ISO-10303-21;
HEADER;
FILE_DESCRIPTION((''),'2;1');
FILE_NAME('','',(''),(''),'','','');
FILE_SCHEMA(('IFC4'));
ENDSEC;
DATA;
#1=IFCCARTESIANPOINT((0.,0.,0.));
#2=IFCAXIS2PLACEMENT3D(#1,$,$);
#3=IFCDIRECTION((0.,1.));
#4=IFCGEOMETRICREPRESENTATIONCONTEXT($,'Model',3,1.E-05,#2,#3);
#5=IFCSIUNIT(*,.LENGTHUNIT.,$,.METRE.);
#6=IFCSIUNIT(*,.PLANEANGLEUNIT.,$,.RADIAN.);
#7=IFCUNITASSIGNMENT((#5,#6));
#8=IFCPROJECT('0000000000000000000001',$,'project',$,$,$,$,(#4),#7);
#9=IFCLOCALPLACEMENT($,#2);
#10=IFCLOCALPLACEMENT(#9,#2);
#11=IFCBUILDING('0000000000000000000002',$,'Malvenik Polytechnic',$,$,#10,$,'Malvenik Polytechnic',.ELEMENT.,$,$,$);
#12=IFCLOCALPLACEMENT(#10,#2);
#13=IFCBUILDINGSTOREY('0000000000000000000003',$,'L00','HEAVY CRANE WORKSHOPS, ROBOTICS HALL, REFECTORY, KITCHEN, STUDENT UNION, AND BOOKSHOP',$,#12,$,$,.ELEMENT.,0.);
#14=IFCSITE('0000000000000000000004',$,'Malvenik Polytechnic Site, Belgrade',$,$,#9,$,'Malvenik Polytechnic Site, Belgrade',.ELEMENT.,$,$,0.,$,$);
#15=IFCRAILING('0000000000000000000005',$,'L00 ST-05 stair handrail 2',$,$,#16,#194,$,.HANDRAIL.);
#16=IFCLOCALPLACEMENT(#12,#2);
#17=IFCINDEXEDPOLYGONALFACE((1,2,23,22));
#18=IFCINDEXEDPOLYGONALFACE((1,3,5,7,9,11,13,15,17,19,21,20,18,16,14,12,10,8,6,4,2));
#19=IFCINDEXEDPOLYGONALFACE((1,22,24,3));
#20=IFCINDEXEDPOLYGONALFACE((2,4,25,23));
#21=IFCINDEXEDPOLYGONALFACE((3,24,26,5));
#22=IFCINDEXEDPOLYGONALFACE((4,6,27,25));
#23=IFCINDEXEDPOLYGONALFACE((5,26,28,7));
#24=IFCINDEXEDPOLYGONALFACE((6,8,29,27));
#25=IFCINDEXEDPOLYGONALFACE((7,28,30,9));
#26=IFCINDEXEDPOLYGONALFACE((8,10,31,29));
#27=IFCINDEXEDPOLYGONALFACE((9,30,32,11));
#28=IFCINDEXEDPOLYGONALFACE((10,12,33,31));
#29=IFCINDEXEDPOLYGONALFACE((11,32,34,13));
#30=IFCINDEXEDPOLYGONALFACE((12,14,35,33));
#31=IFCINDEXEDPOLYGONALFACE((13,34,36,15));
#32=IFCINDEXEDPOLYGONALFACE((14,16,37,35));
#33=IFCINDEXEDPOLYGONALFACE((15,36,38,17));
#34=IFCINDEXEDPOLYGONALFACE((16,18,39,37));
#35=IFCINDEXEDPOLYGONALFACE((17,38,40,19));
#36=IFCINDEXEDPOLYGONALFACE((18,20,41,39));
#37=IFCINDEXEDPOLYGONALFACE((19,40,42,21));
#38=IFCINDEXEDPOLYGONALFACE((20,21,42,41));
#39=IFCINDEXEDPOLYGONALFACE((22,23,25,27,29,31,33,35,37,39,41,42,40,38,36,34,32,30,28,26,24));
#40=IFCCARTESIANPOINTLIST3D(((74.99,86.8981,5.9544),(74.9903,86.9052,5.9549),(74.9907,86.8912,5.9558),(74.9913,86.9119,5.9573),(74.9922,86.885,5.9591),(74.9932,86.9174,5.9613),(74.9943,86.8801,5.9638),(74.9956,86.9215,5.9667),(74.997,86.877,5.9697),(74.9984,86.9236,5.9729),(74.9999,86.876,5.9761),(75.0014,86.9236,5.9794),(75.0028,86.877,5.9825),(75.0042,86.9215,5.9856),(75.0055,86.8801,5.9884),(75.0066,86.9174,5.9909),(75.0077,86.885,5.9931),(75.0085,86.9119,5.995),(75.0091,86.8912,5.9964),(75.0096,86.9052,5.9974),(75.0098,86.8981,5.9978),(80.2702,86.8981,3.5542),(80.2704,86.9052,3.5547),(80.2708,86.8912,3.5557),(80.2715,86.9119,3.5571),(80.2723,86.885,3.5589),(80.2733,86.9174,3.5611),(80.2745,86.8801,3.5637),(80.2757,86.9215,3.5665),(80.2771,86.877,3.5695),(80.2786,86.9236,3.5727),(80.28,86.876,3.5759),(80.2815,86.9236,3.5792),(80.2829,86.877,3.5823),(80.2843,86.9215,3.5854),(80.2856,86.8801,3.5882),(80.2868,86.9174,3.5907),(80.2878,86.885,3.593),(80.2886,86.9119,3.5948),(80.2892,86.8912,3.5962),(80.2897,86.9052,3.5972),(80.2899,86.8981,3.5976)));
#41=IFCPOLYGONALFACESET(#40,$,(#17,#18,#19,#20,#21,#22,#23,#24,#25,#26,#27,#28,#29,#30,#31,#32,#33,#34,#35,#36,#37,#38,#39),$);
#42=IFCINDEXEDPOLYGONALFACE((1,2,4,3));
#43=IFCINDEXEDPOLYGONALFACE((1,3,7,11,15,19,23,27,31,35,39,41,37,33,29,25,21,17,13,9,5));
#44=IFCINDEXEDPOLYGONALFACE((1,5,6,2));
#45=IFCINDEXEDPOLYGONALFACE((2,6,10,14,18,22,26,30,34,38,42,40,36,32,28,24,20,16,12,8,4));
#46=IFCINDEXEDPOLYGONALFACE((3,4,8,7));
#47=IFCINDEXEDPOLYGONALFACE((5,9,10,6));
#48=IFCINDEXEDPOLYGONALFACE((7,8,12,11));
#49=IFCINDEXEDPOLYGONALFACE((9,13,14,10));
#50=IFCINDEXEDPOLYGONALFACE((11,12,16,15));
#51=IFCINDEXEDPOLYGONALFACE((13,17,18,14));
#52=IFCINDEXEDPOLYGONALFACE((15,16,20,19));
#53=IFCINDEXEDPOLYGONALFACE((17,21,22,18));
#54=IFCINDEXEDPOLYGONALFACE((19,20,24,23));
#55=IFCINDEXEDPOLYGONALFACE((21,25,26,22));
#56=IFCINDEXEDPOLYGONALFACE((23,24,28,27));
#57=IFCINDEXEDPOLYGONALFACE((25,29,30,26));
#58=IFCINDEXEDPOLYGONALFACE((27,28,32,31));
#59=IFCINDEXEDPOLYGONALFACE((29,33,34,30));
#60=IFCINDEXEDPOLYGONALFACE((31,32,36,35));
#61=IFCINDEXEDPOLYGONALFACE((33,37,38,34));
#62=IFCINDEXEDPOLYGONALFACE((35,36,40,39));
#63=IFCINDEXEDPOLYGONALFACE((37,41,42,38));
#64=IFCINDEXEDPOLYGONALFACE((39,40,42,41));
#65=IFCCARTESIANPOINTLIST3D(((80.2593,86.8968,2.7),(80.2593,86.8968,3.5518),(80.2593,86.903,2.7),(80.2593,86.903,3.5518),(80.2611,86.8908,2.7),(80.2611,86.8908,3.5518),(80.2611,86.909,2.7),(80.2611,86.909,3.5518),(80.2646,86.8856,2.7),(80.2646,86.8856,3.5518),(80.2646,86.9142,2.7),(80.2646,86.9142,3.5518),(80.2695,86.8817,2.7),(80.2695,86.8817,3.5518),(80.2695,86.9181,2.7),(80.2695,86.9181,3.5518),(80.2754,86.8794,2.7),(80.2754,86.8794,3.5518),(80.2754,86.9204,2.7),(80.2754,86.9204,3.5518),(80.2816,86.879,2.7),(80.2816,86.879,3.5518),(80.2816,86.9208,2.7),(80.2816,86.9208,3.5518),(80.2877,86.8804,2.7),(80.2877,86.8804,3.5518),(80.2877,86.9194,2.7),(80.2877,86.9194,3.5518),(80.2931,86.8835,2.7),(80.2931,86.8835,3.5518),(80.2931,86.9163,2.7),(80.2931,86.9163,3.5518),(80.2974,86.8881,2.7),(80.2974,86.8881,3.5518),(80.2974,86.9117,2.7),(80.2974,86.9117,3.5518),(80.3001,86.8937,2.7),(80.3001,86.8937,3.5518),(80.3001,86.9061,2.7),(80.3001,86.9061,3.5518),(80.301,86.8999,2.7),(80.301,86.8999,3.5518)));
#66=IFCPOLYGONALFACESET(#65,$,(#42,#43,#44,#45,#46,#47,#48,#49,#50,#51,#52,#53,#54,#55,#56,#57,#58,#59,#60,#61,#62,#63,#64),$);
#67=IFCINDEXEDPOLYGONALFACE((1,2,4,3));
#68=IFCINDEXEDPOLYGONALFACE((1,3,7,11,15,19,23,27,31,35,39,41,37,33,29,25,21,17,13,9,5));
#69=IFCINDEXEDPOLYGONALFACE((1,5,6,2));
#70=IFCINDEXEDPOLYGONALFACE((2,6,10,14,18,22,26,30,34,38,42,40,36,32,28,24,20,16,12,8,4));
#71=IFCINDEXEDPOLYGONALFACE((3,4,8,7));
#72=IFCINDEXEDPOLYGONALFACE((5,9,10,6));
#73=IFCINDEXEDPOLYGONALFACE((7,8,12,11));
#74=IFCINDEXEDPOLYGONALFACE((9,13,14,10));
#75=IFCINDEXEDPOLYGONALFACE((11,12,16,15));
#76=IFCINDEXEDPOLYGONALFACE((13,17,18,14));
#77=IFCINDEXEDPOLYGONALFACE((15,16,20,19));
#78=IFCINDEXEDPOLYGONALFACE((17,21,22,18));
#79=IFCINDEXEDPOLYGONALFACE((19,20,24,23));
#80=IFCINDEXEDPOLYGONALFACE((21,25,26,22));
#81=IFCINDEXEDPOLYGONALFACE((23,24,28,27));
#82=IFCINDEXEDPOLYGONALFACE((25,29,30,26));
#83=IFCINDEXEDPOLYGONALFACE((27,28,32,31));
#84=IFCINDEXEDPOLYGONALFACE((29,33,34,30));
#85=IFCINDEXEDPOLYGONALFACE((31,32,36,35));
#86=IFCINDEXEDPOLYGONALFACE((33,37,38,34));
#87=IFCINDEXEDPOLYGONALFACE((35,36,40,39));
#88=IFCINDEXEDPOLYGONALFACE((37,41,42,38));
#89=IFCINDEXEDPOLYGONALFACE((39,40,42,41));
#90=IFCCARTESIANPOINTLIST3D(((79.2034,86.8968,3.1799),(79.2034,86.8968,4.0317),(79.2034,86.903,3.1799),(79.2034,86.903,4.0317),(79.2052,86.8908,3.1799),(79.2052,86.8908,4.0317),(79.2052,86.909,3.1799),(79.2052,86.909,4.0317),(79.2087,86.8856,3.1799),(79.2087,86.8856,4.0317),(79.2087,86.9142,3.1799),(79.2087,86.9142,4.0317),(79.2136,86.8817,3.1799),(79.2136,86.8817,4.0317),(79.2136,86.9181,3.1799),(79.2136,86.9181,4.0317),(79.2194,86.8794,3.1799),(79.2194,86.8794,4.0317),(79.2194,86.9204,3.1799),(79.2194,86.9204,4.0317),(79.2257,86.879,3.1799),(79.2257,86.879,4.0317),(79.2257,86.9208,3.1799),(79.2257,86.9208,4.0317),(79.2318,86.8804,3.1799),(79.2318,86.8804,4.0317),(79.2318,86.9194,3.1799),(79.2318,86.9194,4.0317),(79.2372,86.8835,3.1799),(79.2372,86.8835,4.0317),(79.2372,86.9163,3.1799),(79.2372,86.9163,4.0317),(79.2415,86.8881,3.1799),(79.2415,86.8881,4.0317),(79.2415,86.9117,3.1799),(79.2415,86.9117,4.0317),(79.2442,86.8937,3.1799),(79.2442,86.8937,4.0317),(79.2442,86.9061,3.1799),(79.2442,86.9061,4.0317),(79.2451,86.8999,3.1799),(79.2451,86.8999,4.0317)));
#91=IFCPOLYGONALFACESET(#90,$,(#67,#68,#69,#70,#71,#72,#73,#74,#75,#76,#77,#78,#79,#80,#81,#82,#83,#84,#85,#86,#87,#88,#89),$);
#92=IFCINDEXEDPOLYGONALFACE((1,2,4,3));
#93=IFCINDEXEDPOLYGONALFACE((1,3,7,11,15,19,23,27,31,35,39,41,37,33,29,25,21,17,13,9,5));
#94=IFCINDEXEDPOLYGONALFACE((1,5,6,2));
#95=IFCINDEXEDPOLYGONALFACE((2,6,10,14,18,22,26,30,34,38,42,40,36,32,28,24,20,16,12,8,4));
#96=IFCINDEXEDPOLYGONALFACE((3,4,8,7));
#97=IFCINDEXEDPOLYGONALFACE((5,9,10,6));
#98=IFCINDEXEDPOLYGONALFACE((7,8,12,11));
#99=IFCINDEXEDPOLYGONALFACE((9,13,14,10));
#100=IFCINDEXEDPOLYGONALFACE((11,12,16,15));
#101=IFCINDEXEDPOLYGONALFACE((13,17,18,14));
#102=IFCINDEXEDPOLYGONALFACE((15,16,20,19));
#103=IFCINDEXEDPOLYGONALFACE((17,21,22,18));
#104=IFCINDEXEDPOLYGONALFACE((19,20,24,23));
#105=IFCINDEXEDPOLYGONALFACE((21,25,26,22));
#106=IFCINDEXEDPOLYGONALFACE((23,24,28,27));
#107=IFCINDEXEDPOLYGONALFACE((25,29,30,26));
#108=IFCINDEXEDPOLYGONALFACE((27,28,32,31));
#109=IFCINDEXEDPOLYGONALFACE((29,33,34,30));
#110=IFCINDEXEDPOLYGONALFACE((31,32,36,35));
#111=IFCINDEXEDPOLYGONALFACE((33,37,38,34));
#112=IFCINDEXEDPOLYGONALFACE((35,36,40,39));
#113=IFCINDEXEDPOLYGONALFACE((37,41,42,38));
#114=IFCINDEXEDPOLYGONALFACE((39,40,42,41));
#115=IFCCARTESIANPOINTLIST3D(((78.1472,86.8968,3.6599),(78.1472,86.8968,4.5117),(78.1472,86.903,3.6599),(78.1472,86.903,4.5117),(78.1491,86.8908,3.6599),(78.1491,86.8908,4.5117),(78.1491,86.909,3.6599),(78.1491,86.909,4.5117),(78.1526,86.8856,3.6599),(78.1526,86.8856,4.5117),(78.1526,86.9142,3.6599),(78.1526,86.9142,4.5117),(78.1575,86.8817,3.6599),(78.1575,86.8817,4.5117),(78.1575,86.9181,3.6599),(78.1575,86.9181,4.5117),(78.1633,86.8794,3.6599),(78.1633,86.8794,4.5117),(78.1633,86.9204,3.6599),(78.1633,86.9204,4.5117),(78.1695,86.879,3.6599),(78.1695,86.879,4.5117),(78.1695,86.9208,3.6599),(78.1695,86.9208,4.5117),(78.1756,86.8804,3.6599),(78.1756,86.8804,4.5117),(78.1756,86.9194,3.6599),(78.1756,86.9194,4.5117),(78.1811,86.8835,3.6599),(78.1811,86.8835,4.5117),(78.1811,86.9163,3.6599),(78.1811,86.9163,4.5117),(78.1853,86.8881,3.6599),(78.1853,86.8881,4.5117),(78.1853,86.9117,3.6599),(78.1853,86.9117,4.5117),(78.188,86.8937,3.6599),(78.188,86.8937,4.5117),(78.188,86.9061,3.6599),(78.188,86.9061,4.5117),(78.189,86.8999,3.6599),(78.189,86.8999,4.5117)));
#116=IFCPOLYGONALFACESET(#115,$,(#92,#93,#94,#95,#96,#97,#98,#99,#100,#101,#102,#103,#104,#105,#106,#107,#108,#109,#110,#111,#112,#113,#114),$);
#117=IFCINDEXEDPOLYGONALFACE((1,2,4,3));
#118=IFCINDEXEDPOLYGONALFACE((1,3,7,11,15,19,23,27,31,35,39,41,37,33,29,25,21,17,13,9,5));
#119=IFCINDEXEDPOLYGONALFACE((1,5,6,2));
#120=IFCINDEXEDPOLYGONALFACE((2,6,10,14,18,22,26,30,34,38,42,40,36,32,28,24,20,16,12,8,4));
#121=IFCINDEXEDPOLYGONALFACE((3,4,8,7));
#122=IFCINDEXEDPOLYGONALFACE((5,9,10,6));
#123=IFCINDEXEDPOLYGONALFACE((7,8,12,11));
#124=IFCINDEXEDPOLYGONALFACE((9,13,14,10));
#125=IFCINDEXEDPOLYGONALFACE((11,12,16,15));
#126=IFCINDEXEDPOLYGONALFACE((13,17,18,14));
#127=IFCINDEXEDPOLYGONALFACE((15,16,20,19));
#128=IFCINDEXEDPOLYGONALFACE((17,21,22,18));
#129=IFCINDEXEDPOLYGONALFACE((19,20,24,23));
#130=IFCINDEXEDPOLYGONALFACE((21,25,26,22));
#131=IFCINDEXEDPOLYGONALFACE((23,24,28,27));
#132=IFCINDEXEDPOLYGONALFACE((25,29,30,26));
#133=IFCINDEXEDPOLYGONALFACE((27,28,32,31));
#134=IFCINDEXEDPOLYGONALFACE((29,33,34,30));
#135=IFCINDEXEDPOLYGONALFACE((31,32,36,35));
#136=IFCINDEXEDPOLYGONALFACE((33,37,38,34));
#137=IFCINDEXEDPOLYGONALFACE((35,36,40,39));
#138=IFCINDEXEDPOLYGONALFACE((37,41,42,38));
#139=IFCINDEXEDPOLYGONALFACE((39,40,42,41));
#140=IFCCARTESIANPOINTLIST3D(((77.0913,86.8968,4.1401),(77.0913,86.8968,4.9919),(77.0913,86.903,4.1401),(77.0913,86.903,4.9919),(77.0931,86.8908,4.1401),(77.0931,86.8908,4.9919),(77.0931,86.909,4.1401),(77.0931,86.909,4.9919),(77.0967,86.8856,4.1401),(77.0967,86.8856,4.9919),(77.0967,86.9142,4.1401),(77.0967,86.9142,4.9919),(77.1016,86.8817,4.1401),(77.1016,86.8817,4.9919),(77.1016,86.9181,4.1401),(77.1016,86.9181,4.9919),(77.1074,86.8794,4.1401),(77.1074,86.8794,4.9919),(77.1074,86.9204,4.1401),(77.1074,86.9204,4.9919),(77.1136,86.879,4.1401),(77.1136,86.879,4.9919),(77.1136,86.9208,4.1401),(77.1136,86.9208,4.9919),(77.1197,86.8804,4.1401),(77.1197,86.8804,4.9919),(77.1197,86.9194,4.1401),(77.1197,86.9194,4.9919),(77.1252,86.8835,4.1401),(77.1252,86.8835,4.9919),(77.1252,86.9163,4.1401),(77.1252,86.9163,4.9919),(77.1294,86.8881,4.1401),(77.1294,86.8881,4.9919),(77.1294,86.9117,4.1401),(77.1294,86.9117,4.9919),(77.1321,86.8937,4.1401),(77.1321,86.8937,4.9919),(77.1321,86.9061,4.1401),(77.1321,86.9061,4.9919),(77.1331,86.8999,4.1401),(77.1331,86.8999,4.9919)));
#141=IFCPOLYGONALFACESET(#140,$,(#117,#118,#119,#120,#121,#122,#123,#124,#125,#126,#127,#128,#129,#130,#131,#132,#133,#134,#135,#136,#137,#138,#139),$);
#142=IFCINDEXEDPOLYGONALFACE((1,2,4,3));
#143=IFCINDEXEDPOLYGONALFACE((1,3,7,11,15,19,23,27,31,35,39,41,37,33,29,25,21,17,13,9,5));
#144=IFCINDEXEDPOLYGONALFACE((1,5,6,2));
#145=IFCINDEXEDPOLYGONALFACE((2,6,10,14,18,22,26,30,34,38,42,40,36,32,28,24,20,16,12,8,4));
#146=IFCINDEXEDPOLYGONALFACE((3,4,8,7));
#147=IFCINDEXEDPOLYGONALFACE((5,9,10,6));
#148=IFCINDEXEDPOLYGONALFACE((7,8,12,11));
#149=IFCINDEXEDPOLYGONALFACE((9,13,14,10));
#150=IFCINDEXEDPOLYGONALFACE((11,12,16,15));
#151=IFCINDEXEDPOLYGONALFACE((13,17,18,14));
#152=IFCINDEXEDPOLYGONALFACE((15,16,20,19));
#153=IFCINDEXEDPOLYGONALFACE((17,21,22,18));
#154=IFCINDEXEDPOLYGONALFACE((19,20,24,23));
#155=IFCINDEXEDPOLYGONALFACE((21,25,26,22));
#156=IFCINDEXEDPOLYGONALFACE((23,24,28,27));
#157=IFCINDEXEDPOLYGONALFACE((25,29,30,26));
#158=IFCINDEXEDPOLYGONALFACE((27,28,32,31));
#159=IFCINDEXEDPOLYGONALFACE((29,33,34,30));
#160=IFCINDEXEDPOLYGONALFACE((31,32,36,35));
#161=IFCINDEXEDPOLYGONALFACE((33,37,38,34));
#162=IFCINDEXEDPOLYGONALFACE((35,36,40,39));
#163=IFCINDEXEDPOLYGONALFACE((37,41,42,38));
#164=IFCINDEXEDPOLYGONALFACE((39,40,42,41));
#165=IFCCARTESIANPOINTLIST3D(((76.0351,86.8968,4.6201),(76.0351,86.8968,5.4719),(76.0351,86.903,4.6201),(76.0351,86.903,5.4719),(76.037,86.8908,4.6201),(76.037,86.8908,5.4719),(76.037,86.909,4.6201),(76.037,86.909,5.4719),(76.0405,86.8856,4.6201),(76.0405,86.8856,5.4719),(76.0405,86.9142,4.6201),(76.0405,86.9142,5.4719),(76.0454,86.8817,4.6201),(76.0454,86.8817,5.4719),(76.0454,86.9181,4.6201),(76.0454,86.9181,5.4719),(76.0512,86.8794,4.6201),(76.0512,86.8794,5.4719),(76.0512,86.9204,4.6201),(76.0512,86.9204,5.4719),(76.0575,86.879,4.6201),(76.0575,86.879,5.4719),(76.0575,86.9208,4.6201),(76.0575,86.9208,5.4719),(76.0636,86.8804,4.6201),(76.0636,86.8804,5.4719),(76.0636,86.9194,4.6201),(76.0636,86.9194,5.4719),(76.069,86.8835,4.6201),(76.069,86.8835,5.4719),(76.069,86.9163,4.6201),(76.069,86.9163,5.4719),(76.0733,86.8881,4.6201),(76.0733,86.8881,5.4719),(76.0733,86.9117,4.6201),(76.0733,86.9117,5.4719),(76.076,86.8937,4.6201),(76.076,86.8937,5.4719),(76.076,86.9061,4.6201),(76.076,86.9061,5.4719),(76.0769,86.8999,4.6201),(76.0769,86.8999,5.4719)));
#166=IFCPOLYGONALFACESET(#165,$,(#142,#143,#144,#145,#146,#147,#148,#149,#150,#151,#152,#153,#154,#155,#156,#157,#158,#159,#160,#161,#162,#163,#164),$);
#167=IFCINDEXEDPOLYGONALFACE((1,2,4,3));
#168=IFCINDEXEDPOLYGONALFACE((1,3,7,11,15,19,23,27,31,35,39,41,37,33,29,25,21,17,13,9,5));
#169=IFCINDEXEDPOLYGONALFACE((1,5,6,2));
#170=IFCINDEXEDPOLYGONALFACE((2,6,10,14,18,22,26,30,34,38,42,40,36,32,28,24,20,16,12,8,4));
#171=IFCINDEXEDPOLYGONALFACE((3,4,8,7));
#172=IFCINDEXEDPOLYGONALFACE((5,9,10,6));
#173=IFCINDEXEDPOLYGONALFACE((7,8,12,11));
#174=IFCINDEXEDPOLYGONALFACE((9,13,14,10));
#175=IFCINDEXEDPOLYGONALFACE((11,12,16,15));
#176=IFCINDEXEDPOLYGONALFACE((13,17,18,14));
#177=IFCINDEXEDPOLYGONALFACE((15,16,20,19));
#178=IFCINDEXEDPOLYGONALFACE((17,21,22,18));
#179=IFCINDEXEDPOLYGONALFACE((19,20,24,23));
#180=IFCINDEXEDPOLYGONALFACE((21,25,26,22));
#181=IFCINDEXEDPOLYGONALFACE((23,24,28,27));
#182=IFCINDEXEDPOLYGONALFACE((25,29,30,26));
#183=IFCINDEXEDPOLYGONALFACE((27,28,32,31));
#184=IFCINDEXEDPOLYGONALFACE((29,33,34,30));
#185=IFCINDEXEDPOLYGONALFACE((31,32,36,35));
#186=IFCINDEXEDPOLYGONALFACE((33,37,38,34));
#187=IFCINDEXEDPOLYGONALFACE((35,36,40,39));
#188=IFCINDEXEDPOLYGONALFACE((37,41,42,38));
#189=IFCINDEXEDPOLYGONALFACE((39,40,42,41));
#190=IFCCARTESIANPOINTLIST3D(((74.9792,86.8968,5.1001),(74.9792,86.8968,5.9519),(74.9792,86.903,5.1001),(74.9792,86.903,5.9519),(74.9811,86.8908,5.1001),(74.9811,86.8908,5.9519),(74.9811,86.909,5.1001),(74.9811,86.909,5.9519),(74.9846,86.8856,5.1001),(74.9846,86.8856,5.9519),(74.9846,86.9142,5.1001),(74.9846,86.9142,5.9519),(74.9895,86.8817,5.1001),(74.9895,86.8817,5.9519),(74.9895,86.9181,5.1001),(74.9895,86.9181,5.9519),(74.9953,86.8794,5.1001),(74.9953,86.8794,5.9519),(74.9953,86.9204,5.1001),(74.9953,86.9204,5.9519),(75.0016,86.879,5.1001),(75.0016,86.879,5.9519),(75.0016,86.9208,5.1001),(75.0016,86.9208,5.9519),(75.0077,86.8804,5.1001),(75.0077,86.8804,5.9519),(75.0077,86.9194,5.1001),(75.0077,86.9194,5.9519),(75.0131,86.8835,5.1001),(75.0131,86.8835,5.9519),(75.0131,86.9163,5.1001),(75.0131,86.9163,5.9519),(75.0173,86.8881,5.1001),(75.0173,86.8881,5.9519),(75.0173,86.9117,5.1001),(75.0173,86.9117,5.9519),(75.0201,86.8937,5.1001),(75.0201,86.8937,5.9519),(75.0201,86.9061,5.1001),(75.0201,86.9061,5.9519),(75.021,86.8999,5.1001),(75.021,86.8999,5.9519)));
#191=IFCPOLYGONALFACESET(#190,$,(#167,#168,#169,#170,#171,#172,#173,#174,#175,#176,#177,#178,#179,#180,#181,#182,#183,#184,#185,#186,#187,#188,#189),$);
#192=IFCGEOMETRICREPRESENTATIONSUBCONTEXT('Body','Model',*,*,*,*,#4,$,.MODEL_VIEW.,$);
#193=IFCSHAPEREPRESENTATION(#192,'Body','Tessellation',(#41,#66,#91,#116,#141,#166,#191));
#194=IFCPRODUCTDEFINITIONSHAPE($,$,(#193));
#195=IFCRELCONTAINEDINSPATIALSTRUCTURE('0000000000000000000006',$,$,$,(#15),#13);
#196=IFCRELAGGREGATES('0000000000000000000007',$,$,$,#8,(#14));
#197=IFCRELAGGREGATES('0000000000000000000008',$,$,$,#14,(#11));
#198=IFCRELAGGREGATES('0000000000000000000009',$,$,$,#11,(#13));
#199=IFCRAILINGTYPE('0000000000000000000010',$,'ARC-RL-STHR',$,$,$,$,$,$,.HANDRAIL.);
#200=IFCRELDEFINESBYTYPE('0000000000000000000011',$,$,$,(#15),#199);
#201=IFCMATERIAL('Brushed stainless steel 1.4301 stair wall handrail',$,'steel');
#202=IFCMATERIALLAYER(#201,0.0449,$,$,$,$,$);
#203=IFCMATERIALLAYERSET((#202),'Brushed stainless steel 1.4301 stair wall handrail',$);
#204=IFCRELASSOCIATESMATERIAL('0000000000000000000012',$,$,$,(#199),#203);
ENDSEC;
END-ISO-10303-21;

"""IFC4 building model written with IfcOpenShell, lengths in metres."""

from ifc_helpers import new_model, si_unit, direction, frame, origin, origin_2d, place, context, subcontext, project, spatial, circle, extrude, material, layer, layer_set, type_object, element, save


model = new_model("IFC4")

# Units and contexts
model_context = context("Model", 3, precision=1e-05, world=origin(), true_north=direction((0.0, 1.0)))
body_context = subcontext(model_context, "Body", "Model", "MODEL_VIEW")
ifc_project = project(units=[si_unit("LENGTHUNIT", "METRE"), si_unit("PLANEANGLEUNIT", "RADIAN")], contexts=[model_context])

# Site, building, storey
site_placement = place(None, origin())
site = spatial("IfcSite", under=ifc_project, at=site_placement, Name="Malvenik Polytechnic Site, Belgrade", LongName="Malvenik Polytechnic Site, Belgrade", CompositionType="ELEMENT", RefElevation=0.0)
building_placement = place(site_placement, origin())
building = spatial("IfcBuilding", under=site, at=building_placement, Name="Malvenik Polytechnic", LongName="Malvenik Polytechnic", CompositionType="ELEMENT")
storey_placement = place(building_placement, origin())
storey = spatial("IfcBuildingStorey", under=building, at=storey_placement, Name="L00", Description="HEAVY CRANE WORKSHOPS, ROBOTICS HALL, REFECTORY, KITCHEN, STUDENT UNION, AND BOOKSHOP", CompositionType="ELEMENT", Elevation=0.0)

# Railing
ifc_material_1 = material(Name="Brushed stainless steel 1.4301 stair wall handrail", Category="steel")
ifc_layer_1 = layer(ifc_material_1, 0.0449)
ifc_layer_set_1 = layer_set([ifc_layer_1], Name="Brushed stainless steel 1.4301 stair wall handrail")
railing_type = type_object("IfcRailingType", Name="ARC-RL-STHR", PredefinedType="HANDRAIL", material=ifc_layer_set_1)
railing_placement = place(storey_placement, frame((80.28, 86.8999, 2.7)))
element("IfcRailing", 1, at=railing_placement, inside=storey, type_object=railing_type, Name="L00 ST-05 stair handrail 2", PredefinedType="HANDRAIL", context=body_context, shape_type="SweptSolid", body=[
    extrude(circle(Radius=0.0239, at=origin_2d()), frame((0.0, 0.0, 0.876), z_axis=(-0.910358, 0.0, 0.413822), x_axis=(0.0, -1.0, 0.0)), (0.0, 0.0, 1.0), 5.8),
    extrude(circle(Radius=0.021, at=origin_2d()), origin(), (0.0, 0.0, 1.0), 0.8518),
    extrude(circle(Radius=0.021, at=origin_2d()), frame((-1.0559, 0.0, 0.48)), (0.0, 0.0, 1.0), 0.8518),
    extrude(circle(Radius=0.021, at=origin_2d()), frame((-2.1121, 0.0, 0.96)), (0.0, 0.0, 1.0), 0.8518),
    extrude(circle(Radius=0.021, at=origin_2d()), frame((-3.168, 0.0, 1.4402)), (0.0, 0.0, 1.0), 0.8518),
    extrude(circle(Radius=0.021, at=origin_2d()), frame((-4.2241, 0.0, 1.9202)), (0.0, 0.0, 1.0), 0.8518),
    extrude(circle(Radius=0.021, at=origin_2d()), frame((-5.28, 0.0, 2.4001)), (0.0, 0.0, 1.0), 0.8518),
])

save(model, "model.ifc")
